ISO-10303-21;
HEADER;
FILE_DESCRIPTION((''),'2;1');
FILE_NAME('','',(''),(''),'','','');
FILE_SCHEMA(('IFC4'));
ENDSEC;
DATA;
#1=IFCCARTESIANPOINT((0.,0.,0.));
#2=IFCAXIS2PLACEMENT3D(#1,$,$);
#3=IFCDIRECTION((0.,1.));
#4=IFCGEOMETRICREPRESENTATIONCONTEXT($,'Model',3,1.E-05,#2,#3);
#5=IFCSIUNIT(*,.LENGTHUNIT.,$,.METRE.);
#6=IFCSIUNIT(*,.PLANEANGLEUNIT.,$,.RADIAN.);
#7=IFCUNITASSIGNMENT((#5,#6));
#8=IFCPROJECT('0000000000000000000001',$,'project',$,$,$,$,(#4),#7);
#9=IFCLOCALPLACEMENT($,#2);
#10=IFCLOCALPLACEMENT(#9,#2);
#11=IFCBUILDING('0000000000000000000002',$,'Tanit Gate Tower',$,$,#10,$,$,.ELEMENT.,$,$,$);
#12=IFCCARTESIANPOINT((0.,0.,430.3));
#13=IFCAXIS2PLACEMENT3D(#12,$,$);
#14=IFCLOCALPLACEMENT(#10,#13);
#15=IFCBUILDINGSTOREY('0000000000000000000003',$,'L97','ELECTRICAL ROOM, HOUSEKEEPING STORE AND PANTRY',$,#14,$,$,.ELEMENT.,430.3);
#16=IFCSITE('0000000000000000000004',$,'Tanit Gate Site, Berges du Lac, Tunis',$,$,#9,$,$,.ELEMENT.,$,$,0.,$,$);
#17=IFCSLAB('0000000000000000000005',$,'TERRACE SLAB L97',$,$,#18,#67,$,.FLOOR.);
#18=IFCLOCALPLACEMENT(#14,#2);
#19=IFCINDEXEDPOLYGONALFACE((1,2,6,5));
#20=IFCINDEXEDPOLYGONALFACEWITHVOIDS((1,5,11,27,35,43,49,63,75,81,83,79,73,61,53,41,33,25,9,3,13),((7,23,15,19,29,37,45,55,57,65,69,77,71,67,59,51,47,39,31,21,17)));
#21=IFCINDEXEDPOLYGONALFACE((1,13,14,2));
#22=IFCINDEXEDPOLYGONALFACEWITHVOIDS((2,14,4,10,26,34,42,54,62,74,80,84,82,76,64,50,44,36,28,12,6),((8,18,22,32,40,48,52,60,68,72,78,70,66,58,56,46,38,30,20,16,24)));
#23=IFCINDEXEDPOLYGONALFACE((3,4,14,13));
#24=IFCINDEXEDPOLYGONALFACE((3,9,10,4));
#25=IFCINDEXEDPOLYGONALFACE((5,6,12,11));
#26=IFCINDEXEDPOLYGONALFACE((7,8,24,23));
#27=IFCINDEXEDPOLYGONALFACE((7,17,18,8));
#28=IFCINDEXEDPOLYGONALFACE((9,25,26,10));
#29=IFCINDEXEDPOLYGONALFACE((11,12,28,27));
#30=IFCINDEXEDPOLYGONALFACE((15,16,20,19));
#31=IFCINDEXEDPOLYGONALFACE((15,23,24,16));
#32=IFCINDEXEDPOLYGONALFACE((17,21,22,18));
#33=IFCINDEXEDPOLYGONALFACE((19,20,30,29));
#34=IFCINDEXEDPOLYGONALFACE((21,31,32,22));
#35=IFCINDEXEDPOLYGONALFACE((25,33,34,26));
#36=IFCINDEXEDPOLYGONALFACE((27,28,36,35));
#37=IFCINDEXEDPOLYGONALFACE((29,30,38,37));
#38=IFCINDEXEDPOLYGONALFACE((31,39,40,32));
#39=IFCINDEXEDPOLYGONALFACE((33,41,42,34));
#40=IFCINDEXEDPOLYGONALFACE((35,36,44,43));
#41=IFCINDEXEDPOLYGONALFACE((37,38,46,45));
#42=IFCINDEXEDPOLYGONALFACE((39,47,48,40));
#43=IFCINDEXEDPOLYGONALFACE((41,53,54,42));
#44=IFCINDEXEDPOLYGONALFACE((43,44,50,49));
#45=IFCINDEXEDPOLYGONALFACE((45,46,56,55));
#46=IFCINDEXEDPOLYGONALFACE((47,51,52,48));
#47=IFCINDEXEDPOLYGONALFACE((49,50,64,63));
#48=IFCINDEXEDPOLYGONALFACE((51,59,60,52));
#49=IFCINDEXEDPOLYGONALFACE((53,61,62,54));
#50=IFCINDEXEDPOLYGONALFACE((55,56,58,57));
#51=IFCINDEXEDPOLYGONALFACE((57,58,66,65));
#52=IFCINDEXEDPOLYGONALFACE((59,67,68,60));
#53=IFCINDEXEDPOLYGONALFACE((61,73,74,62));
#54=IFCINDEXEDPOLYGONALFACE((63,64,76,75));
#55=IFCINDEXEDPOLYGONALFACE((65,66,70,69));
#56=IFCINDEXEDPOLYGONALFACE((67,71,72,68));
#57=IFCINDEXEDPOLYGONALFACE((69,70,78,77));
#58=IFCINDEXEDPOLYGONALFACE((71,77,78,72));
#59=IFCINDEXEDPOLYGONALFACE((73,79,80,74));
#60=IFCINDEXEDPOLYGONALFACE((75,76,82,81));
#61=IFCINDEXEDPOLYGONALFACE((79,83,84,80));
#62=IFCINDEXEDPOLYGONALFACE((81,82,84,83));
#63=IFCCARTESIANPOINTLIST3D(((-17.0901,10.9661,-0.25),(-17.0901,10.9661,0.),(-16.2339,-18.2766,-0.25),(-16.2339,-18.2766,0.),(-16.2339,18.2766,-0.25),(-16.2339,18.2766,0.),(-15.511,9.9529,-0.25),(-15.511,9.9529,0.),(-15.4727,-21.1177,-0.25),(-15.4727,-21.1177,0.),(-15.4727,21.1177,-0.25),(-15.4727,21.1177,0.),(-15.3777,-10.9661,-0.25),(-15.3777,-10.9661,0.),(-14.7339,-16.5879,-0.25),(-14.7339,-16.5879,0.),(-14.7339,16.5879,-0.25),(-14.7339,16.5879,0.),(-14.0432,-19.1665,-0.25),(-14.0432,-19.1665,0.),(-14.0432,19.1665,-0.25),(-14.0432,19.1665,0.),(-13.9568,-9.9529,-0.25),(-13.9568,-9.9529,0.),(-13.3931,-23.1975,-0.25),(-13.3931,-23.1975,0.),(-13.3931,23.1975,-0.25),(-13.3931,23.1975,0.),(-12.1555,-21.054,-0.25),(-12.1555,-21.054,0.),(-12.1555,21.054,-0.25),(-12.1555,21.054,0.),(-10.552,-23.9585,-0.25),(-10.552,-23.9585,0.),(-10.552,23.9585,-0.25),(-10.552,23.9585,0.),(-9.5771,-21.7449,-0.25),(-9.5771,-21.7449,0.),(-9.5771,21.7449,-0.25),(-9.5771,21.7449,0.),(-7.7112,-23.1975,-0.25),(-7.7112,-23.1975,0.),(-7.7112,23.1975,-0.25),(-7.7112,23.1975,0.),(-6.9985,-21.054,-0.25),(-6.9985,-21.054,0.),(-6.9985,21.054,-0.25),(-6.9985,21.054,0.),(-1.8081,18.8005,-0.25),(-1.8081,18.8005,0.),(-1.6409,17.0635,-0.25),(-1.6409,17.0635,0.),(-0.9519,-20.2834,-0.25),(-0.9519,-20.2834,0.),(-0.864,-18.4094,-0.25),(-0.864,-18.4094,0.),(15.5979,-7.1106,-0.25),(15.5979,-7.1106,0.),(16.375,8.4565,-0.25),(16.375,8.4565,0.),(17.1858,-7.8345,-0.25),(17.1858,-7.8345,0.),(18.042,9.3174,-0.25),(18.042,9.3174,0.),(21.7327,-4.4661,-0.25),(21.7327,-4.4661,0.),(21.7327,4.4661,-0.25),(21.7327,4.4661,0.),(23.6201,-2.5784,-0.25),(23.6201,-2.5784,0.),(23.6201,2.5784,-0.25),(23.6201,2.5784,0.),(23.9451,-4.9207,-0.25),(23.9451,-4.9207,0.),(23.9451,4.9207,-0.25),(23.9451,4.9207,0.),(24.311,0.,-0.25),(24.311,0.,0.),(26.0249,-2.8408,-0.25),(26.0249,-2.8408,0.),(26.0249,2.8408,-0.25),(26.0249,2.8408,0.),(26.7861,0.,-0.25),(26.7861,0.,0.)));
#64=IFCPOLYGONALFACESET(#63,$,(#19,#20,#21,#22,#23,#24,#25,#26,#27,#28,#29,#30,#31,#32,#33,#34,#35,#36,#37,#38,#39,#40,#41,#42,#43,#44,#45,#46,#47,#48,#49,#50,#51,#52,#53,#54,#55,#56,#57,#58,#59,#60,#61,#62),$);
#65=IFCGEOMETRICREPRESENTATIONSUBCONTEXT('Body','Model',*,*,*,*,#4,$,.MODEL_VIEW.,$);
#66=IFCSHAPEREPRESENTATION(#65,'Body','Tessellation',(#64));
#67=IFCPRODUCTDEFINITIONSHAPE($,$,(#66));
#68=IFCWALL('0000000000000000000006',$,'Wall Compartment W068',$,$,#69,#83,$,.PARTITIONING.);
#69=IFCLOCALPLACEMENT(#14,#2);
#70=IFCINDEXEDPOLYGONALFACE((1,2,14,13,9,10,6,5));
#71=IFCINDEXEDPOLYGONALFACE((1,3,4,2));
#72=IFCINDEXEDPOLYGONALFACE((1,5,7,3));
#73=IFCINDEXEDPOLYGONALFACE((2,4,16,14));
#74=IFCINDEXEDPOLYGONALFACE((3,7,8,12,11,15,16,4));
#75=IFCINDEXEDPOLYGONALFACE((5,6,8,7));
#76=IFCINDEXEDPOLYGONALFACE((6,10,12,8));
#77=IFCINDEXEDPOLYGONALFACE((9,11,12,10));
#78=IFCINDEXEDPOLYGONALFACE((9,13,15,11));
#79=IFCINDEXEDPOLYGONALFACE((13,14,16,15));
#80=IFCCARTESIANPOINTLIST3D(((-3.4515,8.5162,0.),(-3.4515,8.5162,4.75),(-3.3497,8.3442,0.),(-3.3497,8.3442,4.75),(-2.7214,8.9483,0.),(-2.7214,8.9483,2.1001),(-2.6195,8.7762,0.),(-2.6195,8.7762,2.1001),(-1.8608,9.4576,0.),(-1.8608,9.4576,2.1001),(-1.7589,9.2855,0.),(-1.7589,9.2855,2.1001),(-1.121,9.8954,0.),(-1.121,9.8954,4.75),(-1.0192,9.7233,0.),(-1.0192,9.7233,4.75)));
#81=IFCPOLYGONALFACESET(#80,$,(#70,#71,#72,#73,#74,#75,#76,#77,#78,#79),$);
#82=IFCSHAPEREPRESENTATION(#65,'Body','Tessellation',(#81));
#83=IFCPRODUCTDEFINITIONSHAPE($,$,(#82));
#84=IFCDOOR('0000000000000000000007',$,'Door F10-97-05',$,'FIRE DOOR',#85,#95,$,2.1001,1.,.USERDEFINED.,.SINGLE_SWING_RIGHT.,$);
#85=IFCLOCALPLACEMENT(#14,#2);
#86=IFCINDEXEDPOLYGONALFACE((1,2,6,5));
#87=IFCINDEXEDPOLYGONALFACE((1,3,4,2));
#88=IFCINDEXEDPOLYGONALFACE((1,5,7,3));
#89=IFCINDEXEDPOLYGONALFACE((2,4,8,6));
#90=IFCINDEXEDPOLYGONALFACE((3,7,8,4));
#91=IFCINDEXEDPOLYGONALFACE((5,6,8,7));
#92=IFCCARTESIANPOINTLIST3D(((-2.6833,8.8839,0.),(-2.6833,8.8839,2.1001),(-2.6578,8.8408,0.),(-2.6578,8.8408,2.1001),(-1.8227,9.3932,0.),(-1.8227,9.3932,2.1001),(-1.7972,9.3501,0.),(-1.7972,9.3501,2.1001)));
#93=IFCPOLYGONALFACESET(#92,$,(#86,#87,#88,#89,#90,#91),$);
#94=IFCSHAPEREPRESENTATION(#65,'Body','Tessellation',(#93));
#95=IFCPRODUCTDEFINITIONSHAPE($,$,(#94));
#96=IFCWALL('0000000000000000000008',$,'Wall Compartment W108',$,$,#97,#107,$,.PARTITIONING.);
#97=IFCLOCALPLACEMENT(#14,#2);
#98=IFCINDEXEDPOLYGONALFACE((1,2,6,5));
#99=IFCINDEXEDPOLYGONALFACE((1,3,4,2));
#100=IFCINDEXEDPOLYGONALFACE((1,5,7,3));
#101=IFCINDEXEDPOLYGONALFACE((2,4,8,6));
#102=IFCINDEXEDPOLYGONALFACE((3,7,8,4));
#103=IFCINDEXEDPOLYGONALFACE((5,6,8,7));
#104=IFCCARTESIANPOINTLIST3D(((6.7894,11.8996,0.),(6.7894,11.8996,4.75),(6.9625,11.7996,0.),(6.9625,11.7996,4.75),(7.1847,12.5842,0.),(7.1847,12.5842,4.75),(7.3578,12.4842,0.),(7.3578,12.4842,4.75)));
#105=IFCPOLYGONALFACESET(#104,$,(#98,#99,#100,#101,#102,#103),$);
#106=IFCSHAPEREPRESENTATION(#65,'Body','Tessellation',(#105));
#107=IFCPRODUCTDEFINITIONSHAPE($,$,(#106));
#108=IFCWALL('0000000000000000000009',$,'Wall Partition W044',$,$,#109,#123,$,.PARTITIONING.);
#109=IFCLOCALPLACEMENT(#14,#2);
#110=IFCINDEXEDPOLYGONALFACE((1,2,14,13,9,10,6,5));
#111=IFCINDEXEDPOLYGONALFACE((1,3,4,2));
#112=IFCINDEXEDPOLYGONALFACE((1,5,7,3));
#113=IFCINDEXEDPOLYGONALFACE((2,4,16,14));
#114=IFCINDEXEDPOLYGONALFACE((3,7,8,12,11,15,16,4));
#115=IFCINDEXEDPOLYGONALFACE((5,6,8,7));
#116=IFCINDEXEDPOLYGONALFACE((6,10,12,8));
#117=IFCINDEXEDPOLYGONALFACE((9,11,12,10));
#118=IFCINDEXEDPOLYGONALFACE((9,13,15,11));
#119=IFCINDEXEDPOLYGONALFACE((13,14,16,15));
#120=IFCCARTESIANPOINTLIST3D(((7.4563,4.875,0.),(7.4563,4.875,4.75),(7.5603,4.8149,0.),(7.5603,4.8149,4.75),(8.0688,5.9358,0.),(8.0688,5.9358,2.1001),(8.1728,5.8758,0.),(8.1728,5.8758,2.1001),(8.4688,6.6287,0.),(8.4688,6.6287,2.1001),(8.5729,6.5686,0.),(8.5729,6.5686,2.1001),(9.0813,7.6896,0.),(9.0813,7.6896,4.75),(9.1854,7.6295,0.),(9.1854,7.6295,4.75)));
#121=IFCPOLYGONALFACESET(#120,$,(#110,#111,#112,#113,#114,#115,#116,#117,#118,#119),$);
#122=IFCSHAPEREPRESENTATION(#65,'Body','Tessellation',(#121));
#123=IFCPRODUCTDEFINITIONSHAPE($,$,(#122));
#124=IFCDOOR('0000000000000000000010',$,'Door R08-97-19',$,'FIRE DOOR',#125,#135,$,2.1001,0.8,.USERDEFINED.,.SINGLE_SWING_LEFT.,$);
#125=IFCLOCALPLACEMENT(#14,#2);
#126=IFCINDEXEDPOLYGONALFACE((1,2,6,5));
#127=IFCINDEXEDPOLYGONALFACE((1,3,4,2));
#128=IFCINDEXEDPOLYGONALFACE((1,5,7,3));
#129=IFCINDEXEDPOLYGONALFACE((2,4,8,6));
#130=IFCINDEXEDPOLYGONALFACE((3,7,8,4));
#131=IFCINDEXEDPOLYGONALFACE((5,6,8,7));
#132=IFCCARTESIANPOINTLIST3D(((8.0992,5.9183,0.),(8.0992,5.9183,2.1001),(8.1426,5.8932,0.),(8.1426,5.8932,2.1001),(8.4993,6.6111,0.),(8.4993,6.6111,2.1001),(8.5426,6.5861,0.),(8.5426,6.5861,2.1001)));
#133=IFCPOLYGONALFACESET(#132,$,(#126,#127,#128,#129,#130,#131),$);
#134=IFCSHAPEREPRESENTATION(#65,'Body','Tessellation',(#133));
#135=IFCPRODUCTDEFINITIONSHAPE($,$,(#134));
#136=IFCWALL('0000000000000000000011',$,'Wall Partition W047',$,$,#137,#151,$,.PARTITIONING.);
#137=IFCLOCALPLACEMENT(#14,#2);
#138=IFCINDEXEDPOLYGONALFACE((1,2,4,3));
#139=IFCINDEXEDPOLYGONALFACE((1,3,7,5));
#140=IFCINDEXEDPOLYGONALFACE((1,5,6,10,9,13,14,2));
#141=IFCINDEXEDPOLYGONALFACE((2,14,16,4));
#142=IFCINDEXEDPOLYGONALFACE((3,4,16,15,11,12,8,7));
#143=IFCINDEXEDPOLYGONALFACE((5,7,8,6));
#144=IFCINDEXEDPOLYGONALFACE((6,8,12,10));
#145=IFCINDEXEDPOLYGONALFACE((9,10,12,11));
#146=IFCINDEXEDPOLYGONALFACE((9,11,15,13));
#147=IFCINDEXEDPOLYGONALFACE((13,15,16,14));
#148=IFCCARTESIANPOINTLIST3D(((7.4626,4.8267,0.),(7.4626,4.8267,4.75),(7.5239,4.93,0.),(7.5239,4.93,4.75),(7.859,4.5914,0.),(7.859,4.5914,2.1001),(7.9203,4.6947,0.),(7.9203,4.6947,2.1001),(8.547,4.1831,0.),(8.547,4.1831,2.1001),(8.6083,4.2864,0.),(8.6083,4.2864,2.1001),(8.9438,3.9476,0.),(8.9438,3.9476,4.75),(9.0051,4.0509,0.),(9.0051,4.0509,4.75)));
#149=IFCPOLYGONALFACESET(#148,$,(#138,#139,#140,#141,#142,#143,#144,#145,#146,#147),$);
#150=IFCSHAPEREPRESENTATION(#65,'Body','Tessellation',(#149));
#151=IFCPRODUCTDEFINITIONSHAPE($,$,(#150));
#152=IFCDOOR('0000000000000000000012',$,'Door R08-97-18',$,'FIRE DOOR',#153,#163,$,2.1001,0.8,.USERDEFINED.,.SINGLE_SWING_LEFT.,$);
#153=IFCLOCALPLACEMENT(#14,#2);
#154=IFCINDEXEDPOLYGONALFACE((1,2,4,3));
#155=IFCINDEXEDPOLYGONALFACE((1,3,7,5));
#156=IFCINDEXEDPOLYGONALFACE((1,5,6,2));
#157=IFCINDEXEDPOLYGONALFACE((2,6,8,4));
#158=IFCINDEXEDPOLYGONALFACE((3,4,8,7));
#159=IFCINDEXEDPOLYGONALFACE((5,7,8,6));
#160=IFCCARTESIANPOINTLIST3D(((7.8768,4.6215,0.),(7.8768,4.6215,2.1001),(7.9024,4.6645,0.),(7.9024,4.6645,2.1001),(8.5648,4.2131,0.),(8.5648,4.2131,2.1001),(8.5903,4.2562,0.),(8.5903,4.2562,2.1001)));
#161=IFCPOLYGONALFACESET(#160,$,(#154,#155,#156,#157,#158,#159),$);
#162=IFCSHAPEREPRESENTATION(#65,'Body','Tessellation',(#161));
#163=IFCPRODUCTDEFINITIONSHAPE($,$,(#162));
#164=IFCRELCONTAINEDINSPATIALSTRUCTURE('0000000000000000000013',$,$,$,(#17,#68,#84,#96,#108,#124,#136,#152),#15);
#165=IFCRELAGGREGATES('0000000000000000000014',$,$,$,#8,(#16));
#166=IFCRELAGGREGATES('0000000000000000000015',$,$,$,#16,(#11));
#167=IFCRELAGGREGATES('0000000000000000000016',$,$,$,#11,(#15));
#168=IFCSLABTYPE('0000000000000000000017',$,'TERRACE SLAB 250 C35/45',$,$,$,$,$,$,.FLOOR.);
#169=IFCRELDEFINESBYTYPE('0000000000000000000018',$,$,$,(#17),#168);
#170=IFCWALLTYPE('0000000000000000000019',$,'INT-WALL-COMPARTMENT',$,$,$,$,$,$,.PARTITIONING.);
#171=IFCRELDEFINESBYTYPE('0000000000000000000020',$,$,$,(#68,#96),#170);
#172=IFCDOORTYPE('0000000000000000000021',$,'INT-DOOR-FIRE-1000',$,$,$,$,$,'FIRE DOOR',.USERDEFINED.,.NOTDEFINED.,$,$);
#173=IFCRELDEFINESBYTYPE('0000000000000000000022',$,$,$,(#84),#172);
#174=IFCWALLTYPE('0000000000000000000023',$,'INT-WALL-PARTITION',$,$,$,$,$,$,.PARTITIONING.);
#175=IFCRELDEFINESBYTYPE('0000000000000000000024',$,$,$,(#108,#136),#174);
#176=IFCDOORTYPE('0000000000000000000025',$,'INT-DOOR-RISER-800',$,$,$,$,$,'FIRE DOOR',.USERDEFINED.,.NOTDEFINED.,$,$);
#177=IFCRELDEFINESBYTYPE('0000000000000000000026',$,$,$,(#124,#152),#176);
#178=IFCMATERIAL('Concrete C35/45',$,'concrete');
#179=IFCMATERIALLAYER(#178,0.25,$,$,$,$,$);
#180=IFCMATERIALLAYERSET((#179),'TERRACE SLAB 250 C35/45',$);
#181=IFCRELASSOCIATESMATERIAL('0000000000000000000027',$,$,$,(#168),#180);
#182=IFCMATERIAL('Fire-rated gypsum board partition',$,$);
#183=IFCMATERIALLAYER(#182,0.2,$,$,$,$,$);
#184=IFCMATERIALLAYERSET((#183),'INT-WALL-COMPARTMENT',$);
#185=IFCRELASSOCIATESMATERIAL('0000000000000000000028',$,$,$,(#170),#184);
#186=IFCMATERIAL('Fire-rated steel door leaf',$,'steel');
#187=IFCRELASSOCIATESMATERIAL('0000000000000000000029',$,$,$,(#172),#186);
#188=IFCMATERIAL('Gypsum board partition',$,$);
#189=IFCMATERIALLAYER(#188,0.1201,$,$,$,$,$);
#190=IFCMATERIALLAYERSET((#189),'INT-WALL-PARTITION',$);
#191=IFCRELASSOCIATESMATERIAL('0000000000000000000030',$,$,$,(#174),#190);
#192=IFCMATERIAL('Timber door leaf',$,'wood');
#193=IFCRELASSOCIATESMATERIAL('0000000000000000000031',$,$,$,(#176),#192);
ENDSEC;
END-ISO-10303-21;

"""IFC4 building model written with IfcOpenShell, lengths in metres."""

from ifc_helpers import new_model, si_unit, direction, frame, frame_2d, origin, place, context, subcontext, project, spatial, polyline, rectangle, outline, extrude, material, layer, layer_set, type_object, element, fill, save


model = new_model("IFC4")

# Units and contexts
model_context = context("Model", 3, precision=1e-05, world=origin(), true_north=direction((0.0, 1.0)))
body_context = subcontext(model_context, "Body", "Model", "MODEL_VIEW")
ifc_project = project(units=[si_unit("LENGTHUNIT", "METRE"), si_unit("PLANEANGLEUNIT", "RADIAN")], contexts=[model_context])

# Site, building, storey
site_placement = place(None, origin())
site = spatial("IfcSite", under=ifc_project, at=site_placement, Name="Tanit Gate Site, Berges du Lac, Tunis", CompositionType="ELEMENT", RefElevation=0.0)
building_placement = place(site_placement, origin())
building = spatial("IfcBuilding", under=site, at=building_placement, Name="Tanit Gate Tower", CompositionType="ELEMENT")
storey_placement = place(building_placement, frame((0.0, 0.0, 430.3)))
storey = spatial("IfcBuildingStorey", under=building, at=storey_placement, Name="L97", Description="ELECTRICAL ROOM, HOUSEKEEPING STORE AND PANTRY", CompositionType="ELEMENT", Elevation=430.3)

# Slab
ifc_material_1 = material(Name="Concrete C35/45", Category="concrete")
ifc_layer_1 = layer(ifc_material_1, 0.25)
ifc_layer_set_1 = layer_set([ifc_layer_1], Name="TERRACE SLAB 250 C35/45")
slab_type_1 = type_object("IfcSlabType", Name="TERRACE SLAB 250 C35/45", PredefinedType="FLOOR", material=ifc_layer_set_1)
slab_1_placement = place(storey_placement, frame((0.0, 0.0, -0.25)))
element("IfcSlab", 1, at=slab_1_placement, inside=storey, type_object=slab_type_1, Name="TERRACE SLAB L97", PredefinedType="FLOOR", context=body_context, shape_type="SweptSolid", body=[
    extrude(outline(polyline([(26.0249, 2.8408), (26.7861, 0.0), (26.0249, -2.8408), (23.9451, -4.9207), (17.1858, -7.8345), (-0.9519, -20.2834), (-7.7112, -23.1975), (-10.552, -23.9585), (-13.3931, -23.1975), (-15.4727, -21.1177), (-16.2339, -18.2766), (-15.3777, -10.9661), (-17.0901, 10.9661), (-16.2339, 18.2766), (-15.4727, 21.1177), (-13.3931, 23.1975), (-10.552, 23.9585), (-7.7112, 23.1975), (-1.8081, 18.8005), (18.042, 9.3174), (23.9451, 4.9207), (26.0249, 2.8408)]), holes=[polyline([(16.375, 8.4565), (-1.6409, 17.0635), (-6.9985, 21.054), (-9.5771, 21.7449), (-12.1555, 21.054), (-14.0432, 19.1665), (-14.7339, 16.5879), (-15.511, 9.9529), (-13.9568, -9.9529), (-14.7339, -16.5879), (-14.0432, -19.1665), (-12.1555, -21.054), (-9.5771, -21.7449), (-6.9985, -21.054), (-0.864, -18.4094), (15.5979, -7.1106), (21.7327, -4.4661), (23.6201, -2.5784), (24.311, 0.0), (23.6201, 2.5784), (21.7327, 4.4661), (16.375, 8.4565)])]), origin(), (0.0, 0.0, 1.0), 0.25),
])

# Wall, opening, door
ifc_material_2 = material(Name="Fire-rated gypsum board partition")
ifc_layer_2 = layer(ifc_material_2, 0.2)
ifc_layer_set_2 = layer_set([ifc_layer_2], Name="INT-WALL-COMPARTMENT")
wall_type_1 = type_object("IfcWallType", Name="INT-WALL-COMPARTMENT", PredefinedType="PARTITIONING", material=ifc_layer_set_2)
wall_1_placement = place(storey_placement, frame((-1.0701, 9.8093, 0.0), z_axis=(0.0, 0.0, 1.0), x_axis=(-0.860603, -0.509276, 0.0)))
wall_1 = element("IfcWall", 2, at=wall_1_placement, inside=storey, type_object=wall_type_1, Name="Wall Compartment W068", PredefinedType="PARTITIONING", context=body_context, shape_type="SweptSolid", body=[
    extrude(rectangle(XDim=2.708, YDim=0.2, at=frame_2d((1.354, 0.0))), origin(), (0.0, 0.0, 1.0), 4.75),
])
opening_1_placement = place(wall_1_placement, frame((0.8596, 0.0, 0.0)))
opening_1 = element("IfcOpeningElement", 3, at=opening_1_placement, cuts=wall_1, PredefinedType="OPENING", context=body_context, shape_type="SweptSolid", body=[
    extrude(rectangle(XDim=1.0, YDim=2.1001, at=frame_2d((0.5, 1.05))), frame((0.0, 0.1099, 0.0), z_axis=(0.0, -1.0, 0.0), x_axis=(1.0, 0.0, 0.0)), (0.0, 0.0, 1.0), 0.22),
])
ifc_material_3 = material(Name="Fire-rated steel door leaf", Category="steel")
door_type_1 = type_object("IfcDoorType", Name="INT-DOOR-FIRE-1000", ElementType="FIRE DOOR", OperationType="NOTDEFINED", PredefinedType="USERDEFINED", material=ifc_material_3)
door_1_placement = place(opening_1_placement, origin())
door_1 = element("IfcDoor", 4, at=door_1_placement, inside=storey, type_object=door_type_1, Name="Door F10-97-05", ObjectType="FIRE DOOR", OperationType="SINGLE_SWING_RIGHT", OverallHeight=2.1001, OverallWidth=1.0, PredefinedType="USERDEFINED", context=body_context, shape_type="SweptSolid", body=[
    extrude(rectangle(XDim=1.0, YDim=2.1001, at=frame_2d((0.5, 1.05))), frame((0.0, 0.0249, 0.0), z_axis=(0.0, -1.0, 0.0), x_axis=(1.0, 0.0, 0.0)), (0.0, 0.0, 1.0), 0.05),
])
fill(opening_1, door_1)

# Wall
wall_2_placement = place(storey_placement, frame((7.2712, 12.5342, 0.0), z_axis=(0.0, 0.0, 1.0), x_axis=(-0.500025, -0.866011, 0.0)))
element("IfcWall", 5, at=wall_2_placement, inside=storey, type_object=wall_type_1, Name="Wall Compartment W108", PredefinedType="PARTITIONING", context=body_context, shape_type="SweptSolid", body=[
    extrude(rectangle(XDim=0.7905, YDim=0.2, at=frame_2d((0.3953, 0.0))), origin(), (0.0, 0.0, 1.0), 4.75),
])

# Walls, openings, doors
ifc_material_4 = material(Name="Gypsum board partition")
ifc_layer_3 = layer(ifc_material_4, 0.1201)
ifc_layer_set_3 = layer_set([ifc_layer_3], Name="INT-WALL-PARTITION")
wall_type_2 = type_object("IfcWallType", Name="INT-WALL-PARTITION", PredefinedType="PARTITIONING", material=ifc_layer_set_3)
wall_3_placement = place(storey_placement, frame((7.5083, 4.845, 0.0), z_axis=(0.0, 0.0, 1.0), x_axis=(0.500017, 0.866015, 0.0)))
wall_3 = element("IfcWall", 6, at=wall_3_placement, inside=storey, type_object=wall_type_2, Name="Wall Partition W044", PredefinedType="PARTITIONING", context=body_context, shape_type="SweptSolid", body=[
    extrude(rectangle(XDim=3.25, YDim=0.1201, at=frame_2d((1.625, 0.0))), origin(), (0.0, 0.0, 1.0), 4.75),
])
opening_2_placement = place(wall_3_placement, frame((1.2251, 0.0, 0.0)))
opening_2 = element("IfcOpeningElement", 7, at=opening_2_placement, cuts=wall_3, PredefinedType="OPENING", context=body_context, shape_type="SweptSolid", body=[
    extrude(rectangle(XDim=0.8, YDim=2.1001, at=frame_2d((0.3999, 1.05))), frame((0.0, 0.0701, 0.0), z_axis=(0.0, -1.0, 0.0), x_axis=(1.0, 0.0, 0.0)), (0.0, 0.0, 1.0), 0.1401),
])
ifc_material_5 = material(Name="Timber door leaf", Category="wood")
door_type_2 = type_object("IfcDoorType", Name="INT-DOOR-RISER-800", ElementType="FIRE DOOR", OperationType="NOTDEFINED", PredefinedType="USERDEFINED", material=ifc_material_5)
door_2_placement = place(opening_2_placement, origin())
door_2 = element("IfcDoor", 8, at=door_2_placement, inside=storey, type_object=door_type_2, Name="Door R08-97-19", ObjectType="FIRE DOOR", OperationType="SINGLE_SWING_LEFT", OverallHeight=2.1001, OverallWidth=0.8, PredefinedType="USERDEFINED", context=body_context, shape_type="SweptSolid", body=[
    extrude(rectangle(XDim=0.8, YDim=2.1001, at=frame_2d((0.3999, 1.05))), frame((0.0, 0.0249, 0.0), z_axis=(0.0, -1.0, 0.0), x_axis=(1.0, 0.0, 0.0)), (0.0, 0.0, 1.0), 0.05),
])
fill(opening_2, door_2)
wall_4_placement = place(storey_placement, frame((7.4932, 4.8784, 0.0), z_axis=(0.0, 0.0, 1.0), x_axis=(0.859934, -0.510404, 0.0)))
wall_4 = element("IfcWall", 9, at=wall_4_placement, inside=storey, type_object=wall_type_2, Name="Wall Partition W047", PredefinedType="PARTITIONING", context=body_context, shape_type="SweptSolid", body=[
    extrude(rectangle(XDim=1.7224, YDim=0.1201, at=frame_2d((0.8613, 0.0))), origin(), (0.0, 0.0, 1.0), 4.75),
])
opening_3_placement = place(wall_4_placement, frame((0.4612, 0.0, 0.0)))
opening_3 = element("IfcOpeningElement", 10, at=opening_3_placement, cuts=wall_4, PredefinedType="OPENING", context=body_context, shape_type="SweptSolid", body=[
    extrude(rectangle(XDim=0.8, YDim=2.1001, at=frame_2d((0.3999, 1.05))), frame((0.0, 0.0701, 0.0), z_axis=(0.0, -1.0, 0.0), x_axis=(1.0, 0.0, 0.0)), (0.0, 0.0, 1.0), 0.1401),
])
door_3_placement = place(opening_3_placement, origin())
door_3 = element("IfcDoor", 11, at=door_3_placement, inside=storey, type_object=door_type_2, Name="Door R08-97-18", ObjectType="FIRE DOOR", OperationType="SINGLE_SWING_LEFT", OverallHeight=2.1001, OverallWidth=0.8, PredefinedType="USERDEFINED", context=body_context, shape_type="SweptSolid", body=[
    extrude(rectangle(XDim=0.8, YDim=2.1001, at=frame_2d((0.3999, 1.05))), frame((0.0, 0.0249, 0.0), z_axis=(0.0, -1.0, 0.0), x_axis=(1.0, 0.0, 0.0)), (0.0, 0.0, 1.0), 0.05),
])
fill(opening_3, door_3)

save(model, "model.ifc")
